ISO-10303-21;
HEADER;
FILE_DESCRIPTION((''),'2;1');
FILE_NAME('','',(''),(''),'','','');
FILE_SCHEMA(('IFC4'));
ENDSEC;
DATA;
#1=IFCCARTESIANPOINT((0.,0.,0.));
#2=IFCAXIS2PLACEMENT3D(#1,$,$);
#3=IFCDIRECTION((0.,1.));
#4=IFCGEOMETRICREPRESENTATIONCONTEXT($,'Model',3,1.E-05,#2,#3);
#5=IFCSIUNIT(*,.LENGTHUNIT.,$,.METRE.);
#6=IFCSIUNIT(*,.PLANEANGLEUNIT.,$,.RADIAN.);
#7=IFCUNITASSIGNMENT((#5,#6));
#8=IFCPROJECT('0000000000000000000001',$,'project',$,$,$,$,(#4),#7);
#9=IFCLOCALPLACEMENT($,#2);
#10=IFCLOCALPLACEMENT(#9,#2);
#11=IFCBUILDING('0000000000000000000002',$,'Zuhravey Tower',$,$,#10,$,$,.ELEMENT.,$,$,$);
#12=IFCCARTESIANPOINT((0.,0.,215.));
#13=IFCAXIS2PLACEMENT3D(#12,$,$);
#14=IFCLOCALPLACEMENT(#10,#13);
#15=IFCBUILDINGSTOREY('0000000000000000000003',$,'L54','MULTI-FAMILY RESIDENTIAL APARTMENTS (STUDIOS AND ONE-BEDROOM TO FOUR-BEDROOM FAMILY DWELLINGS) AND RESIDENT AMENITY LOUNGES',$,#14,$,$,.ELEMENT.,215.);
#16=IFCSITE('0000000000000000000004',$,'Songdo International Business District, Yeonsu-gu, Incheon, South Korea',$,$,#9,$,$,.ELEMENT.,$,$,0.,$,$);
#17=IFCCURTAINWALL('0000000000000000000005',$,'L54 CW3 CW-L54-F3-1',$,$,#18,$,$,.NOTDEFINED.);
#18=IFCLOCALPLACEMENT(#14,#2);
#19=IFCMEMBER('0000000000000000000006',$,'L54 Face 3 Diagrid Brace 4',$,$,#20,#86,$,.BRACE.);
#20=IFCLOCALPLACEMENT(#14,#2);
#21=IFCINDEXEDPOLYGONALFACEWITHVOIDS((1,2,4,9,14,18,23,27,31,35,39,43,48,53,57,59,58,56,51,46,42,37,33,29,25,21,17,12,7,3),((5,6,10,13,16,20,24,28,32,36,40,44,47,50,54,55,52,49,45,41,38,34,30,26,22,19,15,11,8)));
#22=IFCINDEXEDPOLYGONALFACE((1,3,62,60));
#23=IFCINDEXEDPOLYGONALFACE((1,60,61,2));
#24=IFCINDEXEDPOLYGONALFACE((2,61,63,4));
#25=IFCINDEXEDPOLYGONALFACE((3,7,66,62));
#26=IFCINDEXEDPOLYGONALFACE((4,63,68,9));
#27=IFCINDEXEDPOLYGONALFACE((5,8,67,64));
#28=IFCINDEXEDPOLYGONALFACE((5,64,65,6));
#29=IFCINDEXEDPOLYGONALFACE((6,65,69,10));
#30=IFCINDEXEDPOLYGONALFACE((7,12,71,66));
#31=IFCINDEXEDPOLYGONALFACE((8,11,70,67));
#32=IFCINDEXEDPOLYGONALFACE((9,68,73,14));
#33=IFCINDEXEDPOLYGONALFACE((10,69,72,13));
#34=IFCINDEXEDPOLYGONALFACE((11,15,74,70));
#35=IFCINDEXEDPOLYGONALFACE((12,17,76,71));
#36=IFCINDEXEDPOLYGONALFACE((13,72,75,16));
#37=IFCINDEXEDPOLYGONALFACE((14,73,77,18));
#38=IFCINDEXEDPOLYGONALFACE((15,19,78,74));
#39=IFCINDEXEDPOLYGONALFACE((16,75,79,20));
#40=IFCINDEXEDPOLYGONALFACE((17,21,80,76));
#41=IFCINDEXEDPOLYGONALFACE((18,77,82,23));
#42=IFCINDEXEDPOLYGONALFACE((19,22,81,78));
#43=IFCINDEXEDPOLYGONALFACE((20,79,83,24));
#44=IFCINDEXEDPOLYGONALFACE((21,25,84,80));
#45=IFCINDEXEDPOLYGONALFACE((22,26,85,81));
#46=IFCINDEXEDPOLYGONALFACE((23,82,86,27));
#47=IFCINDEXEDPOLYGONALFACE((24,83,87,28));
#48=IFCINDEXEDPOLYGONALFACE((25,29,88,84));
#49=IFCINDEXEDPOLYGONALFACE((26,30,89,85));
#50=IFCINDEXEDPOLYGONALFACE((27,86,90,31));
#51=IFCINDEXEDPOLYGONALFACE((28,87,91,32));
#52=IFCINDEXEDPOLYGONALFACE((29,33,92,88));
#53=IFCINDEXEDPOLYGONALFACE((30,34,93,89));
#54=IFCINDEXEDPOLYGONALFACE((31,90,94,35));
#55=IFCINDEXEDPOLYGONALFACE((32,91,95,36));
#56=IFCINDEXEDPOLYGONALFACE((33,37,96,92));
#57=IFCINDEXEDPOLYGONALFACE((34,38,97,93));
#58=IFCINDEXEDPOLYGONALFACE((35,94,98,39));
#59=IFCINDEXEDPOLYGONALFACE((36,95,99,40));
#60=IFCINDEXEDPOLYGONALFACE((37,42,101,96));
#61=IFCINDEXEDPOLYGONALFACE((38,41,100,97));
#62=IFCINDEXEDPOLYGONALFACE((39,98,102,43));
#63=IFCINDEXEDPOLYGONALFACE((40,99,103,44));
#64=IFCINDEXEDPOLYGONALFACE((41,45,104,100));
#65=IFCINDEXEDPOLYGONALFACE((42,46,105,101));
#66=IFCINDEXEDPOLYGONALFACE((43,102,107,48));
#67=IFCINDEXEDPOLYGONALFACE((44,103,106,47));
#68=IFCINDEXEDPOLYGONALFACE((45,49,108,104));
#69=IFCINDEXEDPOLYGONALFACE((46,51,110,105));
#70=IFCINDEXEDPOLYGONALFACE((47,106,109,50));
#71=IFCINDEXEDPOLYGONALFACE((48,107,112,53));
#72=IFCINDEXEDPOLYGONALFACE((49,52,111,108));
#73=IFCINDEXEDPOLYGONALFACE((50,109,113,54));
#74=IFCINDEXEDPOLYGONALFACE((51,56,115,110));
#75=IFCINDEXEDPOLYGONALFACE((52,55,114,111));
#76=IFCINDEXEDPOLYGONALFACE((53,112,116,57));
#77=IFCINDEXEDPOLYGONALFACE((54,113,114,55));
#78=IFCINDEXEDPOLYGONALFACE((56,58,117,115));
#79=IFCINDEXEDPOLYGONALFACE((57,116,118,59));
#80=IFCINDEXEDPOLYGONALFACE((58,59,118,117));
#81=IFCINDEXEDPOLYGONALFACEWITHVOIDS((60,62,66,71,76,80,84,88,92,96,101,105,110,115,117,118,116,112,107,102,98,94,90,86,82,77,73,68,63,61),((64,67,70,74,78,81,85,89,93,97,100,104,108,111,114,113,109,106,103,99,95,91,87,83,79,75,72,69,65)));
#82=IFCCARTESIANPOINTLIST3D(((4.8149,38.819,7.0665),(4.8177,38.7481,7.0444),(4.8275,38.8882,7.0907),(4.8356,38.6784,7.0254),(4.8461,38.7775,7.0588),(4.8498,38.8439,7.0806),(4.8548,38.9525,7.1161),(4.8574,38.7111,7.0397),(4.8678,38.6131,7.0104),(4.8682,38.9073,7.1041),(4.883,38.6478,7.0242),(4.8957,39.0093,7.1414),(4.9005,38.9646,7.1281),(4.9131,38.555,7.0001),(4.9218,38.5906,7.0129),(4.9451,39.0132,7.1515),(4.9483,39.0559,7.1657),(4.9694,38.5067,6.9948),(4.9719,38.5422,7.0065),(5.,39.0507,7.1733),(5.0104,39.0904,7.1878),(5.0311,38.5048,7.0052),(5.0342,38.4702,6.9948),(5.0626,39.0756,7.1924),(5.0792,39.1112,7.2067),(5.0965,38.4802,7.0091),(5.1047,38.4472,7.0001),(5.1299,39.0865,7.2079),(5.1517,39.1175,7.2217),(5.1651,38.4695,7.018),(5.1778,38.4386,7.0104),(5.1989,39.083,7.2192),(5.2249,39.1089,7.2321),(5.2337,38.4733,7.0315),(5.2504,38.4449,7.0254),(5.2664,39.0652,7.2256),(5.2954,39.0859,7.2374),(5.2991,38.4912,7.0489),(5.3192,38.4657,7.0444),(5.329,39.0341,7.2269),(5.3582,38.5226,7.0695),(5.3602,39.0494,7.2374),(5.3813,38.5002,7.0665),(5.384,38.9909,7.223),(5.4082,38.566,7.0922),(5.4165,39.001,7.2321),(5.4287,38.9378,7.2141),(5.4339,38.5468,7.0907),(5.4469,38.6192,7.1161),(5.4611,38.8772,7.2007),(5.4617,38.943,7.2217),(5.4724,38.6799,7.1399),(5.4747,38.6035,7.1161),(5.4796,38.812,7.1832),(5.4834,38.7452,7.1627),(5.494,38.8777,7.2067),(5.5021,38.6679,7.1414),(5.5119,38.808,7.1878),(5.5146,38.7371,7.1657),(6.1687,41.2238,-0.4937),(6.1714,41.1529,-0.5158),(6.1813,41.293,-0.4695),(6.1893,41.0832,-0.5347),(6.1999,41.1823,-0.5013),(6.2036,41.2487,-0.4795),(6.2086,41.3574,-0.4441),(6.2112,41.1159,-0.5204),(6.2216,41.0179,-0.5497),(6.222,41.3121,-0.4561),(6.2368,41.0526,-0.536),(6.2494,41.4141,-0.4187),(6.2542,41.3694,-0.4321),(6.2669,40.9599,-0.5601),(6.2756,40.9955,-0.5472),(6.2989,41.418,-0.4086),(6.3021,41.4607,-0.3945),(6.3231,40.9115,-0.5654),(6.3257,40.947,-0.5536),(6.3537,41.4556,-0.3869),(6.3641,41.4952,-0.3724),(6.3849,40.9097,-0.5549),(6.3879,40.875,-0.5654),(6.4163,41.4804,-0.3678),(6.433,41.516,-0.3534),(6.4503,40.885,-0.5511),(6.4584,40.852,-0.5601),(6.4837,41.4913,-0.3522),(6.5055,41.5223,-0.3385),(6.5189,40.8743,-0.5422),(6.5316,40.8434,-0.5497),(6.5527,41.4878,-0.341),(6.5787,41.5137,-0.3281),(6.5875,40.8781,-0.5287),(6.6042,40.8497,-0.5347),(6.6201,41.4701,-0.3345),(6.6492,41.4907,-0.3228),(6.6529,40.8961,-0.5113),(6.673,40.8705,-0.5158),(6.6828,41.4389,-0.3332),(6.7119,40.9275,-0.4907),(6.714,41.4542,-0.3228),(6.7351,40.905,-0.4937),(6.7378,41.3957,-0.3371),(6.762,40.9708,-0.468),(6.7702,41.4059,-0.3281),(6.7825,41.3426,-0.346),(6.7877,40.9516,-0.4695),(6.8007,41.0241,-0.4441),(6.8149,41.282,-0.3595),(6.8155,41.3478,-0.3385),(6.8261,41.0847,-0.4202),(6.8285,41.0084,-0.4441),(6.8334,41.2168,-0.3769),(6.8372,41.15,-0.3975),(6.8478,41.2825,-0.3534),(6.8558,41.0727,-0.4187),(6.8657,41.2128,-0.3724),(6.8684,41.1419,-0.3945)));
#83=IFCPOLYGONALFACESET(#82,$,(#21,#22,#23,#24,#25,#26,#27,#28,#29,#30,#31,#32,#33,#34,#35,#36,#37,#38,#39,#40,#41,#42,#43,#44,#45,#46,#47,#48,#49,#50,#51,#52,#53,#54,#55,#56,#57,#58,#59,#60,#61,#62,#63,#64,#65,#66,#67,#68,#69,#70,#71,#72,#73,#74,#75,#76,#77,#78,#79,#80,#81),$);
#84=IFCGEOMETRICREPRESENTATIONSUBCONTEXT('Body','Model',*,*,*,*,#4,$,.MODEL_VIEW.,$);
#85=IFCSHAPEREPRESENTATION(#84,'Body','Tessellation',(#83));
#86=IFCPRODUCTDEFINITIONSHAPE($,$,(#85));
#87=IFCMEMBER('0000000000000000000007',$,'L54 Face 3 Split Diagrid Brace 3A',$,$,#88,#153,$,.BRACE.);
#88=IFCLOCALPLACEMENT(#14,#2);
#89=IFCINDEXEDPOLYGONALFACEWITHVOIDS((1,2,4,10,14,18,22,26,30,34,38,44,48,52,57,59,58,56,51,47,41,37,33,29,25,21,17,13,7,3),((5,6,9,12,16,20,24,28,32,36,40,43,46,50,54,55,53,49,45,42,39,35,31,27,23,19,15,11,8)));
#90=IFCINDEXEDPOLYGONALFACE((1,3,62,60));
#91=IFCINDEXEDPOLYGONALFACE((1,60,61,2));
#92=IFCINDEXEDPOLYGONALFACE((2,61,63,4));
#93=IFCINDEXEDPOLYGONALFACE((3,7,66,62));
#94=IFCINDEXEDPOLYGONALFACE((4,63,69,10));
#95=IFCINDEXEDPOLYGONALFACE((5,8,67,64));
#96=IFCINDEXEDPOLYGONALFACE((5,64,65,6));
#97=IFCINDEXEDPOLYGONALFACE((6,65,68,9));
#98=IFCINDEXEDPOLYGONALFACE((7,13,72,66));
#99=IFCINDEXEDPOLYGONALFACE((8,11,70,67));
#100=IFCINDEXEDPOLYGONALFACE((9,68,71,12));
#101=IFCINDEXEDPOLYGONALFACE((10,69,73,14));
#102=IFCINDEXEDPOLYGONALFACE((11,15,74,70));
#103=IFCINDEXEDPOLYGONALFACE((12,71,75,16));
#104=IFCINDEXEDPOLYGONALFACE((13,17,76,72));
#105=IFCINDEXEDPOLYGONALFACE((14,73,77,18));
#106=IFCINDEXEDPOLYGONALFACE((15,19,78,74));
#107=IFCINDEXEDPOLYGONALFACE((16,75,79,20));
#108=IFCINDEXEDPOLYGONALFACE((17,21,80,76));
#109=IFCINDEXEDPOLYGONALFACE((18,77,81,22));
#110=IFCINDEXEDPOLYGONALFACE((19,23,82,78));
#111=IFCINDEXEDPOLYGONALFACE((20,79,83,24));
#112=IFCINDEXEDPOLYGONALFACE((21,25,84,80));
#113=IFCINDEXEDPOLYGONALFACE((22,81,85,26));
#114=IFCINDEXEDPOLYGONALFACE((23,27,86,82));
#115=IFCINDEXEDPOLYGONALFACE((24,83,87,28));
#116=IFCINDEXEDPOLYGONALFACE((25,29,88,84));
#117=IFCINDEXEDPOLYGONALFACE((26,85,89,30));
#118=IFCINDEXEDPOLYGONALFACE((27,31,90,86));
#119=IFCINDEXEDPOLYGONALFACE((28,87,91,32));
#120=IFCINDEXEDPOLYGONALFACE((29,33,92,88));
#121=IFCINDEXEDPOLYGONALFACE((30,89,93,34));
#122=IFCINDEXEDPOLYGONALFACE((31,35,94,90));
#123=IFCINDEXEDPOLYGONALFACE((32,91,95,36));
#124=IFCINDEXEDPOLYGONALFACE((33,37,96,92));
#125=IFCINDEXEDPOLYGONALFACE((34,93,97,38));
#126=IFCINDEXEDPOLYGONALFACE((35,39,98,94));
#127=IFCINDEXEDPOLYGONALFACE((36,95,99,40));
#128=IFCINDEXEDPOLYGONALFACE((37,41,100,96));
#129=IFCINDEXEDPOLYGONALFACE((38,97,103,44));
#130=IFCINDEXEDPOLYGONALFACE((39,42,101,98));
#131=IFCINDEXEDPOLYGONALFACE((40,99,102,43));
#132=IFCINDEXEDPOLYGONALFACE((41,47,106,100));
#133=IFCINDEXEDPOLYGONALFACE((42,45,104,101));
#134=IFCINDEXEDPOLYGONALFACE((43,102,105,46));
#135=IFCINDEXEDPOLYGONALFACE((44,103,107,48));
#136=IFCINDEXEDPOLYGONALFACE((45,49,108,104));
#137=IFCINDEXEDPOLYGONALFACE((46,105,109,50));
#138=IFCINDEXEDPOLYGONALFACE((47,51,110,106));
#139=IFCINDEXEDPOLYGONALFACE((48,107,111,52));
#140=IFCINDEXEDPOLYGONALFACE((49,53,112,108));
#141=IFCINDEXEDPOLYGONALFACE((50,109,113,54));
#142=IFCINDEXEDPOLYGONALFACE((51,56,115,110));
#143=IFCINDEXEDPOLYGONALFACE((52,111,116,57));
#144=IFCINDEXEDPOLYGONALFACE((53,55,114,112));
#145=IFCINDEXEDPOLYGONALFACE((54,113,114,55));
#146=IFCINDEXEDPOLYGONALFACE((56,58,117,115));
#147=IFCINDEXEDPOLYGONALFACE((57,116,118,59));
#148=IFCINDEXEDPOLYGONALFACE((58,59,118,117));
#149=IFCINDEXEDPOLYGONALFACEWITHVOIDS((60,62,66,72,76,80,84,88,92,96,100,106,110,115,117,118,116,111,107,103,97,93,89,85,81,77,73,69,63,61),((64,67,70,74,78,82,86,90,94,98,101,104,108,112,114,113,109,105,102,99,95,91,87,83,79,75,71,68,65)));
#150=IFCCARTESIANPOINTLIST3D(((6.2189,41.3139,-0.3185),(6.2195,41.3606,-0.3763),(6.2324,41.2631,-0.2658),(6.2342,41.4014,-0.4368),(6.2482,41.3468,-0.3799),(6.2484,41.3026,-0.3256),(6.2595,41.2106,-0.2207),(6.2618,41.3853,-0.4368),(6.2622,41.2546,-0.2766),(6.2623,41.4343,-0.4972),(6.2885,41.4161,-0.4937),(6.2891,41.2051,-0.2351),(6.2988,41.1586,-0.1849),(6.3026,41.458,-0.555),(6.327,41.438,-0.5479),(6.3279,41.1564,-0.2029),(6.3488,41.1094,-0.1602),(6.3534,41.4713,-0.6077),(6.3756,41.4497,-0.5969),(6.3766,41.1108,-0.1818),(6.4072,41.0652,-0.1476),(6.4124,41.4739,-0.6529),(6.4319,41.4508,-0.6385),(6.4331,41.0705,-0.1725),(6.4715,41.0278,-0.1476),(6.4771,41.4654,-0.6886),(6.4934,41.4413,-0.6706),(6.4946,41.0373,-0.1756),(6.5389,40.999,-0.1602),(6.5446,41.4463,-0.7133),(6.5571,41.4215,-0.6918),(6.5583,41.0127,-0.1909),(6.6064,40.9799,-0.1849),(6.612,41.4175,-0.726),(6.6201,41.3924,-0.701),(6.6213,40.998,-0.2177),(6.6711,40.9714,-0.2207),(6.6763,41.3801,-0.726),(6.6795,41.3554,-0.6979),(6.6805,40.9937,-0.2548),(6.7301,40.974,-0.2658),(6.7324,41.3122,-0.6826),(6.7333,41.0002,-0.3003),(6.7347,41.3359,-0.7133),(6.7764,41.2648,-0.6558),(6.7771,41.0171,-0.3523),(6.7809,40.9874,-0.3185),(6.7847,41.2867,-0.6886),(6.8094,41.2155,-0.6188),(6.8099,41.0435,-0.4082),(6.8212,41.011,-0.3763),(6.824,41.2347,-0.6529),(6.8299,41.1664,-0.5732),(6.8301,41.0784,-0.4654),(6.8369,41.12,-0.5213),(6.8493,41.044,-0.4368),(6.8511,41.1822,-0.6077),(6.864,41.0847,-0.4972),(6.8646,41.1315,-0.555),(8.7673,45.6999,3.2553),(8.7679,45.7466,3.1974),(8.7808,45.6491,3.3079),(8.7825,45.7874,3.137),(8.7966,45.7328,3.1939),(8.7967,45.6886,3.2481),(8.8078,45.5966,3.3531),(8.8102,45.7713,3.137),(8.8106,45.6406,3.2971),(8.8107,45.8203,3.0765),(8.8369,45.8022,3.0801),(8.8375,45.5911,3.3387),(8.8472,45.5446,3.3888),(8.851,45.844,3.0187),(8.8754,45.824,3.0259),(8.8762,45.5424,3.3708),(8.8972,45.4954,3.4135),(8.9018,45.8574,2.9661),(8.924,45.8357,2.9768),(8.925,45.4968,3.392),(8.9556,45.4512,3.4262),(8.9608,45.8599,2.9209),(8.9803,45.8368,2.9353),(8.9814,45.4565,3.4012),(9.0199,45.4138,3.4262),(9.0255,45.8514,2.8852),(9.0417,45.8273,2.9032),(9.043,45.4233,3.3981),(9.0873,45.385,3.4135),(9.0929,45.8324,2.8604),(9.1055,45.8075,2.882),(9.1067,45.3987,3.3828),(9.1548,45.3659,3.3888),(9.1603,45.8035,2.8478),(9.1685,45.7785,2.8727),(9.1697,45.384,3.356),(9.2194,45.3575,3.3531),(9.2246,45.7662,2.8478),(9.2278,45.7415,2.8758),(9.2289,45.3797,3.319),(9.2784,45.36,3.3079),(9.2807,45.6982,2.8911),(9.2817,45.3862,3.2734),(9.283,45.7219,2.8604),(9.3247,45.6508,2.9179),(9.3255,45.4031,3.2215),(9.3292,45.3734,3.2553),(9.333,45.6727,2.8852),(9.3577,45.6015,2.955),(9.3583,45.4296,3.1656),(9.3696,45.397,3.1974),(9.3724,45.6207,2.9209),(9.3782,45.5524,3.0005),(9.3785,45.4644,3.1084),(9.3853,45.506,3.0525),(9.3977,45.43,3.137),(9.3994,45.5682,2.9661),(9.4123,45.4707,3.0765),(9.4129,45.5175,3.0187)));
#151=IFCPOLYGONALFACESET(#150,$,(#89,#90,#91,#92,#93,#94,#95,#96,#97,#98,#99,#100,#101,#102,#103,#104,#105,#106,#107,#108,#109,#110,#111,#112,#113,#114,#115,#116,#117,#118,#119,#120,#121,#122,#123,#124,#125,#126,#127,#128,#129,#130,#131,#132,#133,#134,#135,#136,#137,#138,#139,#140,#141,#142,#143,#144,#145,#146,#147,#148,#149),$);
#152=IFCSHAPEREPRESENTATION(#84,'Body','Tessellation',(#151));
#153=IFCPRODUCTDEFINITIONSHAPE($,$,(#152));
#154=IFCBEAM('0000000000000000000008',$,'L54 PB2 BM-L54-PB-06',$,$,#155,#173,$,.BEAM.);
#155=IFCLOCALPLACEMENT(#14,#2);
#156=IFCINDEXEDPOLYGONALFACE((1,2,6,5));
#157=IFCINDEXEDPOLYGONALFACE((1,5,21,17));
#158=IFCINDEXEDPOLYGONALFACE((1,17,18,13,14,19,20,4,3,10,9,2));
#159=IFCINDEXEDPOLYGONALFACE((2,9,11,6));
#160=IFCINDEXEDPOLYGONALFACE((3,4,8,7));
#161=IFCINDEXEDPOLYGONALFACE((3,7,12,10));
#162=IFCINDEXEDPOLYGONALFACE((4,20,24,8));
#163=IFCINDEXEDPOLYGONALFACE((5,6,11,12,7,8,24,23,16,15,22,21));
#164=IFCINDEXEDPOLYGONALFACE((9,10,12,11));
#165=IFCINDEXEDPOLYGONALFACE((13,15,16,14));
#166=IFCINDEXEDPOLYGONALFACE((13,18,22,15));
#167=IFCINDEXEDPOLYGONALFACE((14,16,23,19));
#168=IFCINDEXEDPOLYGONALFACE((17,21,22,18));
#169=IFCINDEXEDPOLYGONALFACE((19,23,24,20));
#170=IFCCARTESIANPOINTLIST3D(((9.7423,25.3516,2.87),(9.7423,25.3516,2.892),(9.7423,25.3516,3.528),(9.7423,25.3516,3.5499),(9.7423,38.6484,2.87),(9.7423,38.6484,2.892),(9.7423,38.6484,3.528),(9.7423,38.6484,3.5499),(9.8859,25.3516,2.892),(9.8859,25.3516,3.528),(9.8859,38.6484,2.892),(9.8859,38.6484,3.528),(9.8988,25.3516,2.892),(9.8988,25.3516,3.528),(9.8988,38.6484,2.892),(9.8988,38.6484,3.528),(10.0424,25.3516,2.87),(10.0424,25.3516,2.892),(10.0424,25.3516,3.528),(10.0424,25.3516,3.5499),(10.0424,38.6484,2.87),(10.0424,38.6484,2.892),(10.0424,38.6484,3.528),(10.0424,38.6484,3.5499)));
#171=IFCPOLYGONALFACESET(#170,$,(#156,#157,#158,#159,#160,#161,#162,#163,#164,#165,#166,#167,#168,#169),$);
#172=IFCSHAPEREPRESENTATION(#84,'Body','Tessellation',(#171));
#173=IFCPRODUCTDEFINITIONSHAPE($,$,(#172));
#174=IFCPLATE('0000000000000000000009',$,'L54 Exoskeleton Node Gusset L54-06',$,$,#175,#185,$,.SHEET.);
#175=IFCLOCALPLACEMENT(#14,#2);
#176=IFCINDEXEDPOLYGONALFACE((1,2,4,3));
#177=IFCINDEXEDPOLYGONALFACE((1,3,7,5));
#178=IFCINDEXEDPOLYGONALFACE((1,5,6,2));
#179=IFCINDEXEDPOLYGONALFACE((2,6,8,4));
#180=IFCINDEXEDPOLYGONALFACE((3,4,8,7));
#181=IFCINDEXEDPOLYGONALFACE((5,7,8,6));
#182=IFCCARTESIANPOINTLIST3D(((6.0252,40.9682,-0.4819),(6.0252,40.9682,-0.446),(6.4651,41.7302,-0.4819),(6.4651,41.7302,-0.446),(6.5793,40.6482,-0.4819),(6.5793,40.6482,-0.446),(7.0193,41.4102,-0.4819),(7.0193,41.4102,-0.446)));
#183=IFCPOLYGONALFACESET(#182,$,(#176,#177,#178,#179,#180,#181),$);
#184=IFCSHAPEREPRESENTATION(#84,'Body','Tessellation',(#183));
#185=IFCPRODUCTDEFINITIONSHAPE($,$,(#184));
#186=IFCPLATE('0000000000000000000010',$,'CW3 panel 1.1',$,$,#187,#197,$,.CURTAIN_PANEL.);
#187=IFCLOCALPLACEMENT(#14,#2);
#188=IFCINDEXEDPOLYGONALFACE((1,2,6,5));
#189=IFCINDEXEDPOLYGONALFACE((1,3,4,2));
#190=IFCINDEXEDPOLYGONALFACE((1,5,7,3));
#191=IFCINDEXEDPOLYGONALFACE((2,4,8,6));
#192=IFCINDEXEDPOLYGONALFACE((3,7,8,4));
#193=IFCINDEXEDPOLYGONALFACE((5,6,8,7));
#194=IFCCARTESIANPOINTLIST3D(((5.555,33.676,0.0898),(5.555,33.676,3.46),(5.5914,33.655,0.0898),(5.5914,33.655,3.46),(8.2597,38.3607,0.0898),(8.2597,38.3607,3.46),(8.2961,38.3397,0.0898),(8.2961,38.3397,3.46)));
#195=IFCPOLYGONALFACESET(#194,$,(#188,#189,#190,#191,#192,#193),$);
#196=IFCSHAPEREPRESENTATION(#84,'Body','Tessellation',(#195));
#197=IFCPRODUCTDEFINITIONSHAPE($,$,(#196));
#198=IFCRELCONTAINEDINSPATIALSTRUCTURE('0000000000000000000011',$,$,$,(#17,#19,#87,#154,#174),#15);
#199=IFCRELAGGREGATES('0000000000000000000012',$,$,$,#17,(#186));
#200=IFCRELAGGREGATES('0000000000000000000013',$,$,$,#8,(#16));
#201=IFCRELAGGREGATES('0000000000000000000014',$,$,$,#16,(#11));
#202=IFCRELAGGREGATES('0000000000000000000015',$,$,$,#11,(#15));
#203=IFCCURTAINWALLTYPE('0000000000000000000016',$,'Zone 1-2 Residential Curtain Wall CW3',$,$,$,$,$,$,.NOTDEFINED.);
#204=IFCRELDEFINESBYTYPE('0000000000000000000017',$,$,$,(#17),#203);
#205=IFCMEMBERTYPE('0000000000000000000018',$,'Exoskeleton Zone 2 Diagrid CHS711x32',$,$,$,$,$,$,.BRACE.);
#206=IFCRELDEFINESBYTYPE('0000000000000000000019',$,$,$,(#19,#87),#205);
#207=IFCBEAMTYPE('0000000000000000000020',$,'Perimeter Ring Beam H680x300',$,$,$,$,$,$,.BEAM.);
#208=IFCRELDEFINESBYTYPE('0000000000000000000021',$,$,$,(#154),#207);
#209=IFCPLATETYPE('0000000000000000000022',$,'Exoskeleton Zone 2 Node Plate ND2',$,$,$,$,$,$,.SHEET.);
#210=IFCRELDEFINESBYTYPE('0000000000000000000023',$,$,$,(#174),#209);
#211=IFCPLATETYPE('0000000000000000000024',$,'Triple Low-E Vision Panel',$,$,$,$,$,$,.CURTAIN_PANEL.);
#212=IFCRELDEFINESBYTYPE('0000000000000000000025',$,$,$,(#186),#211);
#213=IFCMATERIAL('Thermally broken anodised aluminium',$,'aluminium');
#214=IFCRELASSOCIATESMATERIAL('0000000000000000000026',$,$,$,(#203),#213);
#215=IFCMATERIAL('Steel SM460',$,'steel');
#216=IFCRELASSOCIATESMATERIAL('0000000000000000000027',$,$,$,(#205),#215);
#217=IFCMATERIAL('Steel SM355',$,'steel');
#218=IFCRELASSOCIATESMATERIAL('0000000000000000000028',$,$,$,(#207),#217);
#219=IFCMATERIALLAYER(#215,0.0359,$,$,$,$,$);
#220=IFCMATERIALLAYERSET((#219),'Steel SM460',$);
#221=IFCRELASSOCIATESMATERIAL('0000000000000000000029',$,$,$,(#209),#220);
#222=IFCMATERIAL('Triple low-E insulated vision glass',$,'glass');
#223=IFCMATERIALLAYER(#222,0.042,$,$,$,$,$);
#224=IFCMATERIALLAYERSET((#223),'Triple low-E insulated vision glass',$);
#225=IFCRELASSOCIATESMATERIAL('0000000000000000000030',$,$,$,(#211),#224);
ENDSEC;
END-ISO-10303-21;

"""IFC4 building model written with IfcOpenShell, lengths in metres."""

from ifc_helpers import new_model, si_unit, direction, frame, origin, origin_2d, place, context, subcontext, project, spatial, rectangle, hollow_circle, i_section, extrude, material, layer, layer_set, material_profile, profile_set, type_object, element, aggregate, save


model = new_model("IFC4")

# Units and contexts
model_context = context("Model", 3, precision=1e-05, world=origin(), true_north=direction((0.0, 1.0)))
body_context = subcontext(model_context, "Body", "Model", "MODEL_VIEW")
ifc_project = project(units=[si_unit("LENGTHUNIT", "METRE"), si_unit("PLANEANGLEUNIT", "RADIAN")], contexts=[model_context])

# Site, building, storey
site_placement = place(None, origin())
site = spatial("IfcSite", under=ifc_project, at=site_placement, Name="Songdo International Business District, Yeonsu-gu, Incheon, South Korea", CompositionType="ELEMENT", RefElevation=0.0)
building_placement = place(site_placement, origin())
building = spatial("IfcBuilding", under=site, at=building_placement, Name="Zuhravey Tower", CompositionType="ELEMENT")
storey_placement = place(building_placement, frame((0.0, 0.0, 215.0)))
storey = spatial("IfcBuildingStorey", under=building, at=storey_placement, Name="L54", Description="MULTI-FAMILY RESIDENTIAL APARTMENTS (STUDIOS AND ONE-BEDROOM TO FOUR-BEDROOM FAMILY DWELLINGS) AND RESIDENT AMENITY LOUNGES", CompositionType="ELEMENT", Elevation=215.0)

# Curtain wall
ifc_material_1 = material(Name="Thermally broken anodised aluminium", Category="aluminium")
curtain_wall_type = type_object("IfcCurtainWallType", Name="Zone 1-2 Residential Curtain Wall CW3", PredefinedType="NOTDEFINED", material=ifc_material_1)
curtain_wall_placement = place(storey_placement, origin())
curtain_wall = element("IfcCurtainWall", 1, at=curtain_wall_placement, inside=storey, type_object=curtain_wall_type, Name="L54 CW3 CW-L54-F3-1", PredefinedType="NOTDEFINED")

# Members
ifc_material_2 = material(Name="Steel SM460", Category="steel")
ifc_material_profile_1 = material_profile(ifc_material_2, hollow_circle(Radius=0.3557, WallThickness=0.032, at=origin_2d()), Name="CHS-711.2x32")
ifc_profile_set_1 = profile_set([ifc_material_profile_1], Name="Steel SM460")
member_type_1 = type_object("IfcMemberType", Name="Exoskeleton Zone 2 Diagrid CHS711x32", PredefinedType="BRACE", material=ifc_profile_set_1)
member_1_placement = place(storey_placement, frame((6.5186, 41.1829, -0.4441), z_axis=(-0.168211, -0.298806, 0.939372), x_axis=(0.87141, -0.490555, 0.0)))
element("IfcMember", 2, at=member_1_placement, inside=storey, type_object=member_type_1, Name="L54 Face 3 Diagrid Brace 4", PredefinedType="BRACE", context=body_context, shape_type="SweptSolid", body=[
    extrude(hollow_circle(Radius=0.3557, WallThickness=0.032, at=origin_2d()), origin(), (0.0, 0.0, 1.0), 8.0481),
])
member_2_placement = place(storey_placement, frame((6.5417, 41.2227, -0.4368), z_axis=(0.410689, 0.706843, 0.57594), x_axis=(-0.864649, 0.502377, 0.0)))
element("IfcMember", 3, at=member_2_placement, inside=storey, type_object=member_type_1, Name="L54 Face 3 Split Diagrid Brace 3A", PredefinedType="BRACE", context=body_context, shape_type="SweptSolid", body=[
    extrude(hollow_circle(Radius=0.3557, WallThickness=0.032, at=origin_2d()), origin(), (0.0, 0.0, 1.0), 6.2051),
])

# Beam
ifc_material_3 = material(Name="Steel SM355", Category="steel")
ifc_material_profile_2 = material_profile(ifc_material_3, i_section(OverallWidth=0.3, OverallDepth=0.6799, WebThickness=0.0129, FlangeThickness=0.022, at=origin_2d()), Name="H-680x300x13x22")
ifc_profile_set_2 = profile_set([ifc_material_profile_2], Name="Steel SM355")
beam_type = type_object("IfcBeamType", Name="Perimeter Ring Beam H680x300", PredefinedType="BEAM", material=ifc_profile_set_2)
beam_placement = place(storey_placement, frame((9.8923, 38.6484, 3.21), z_axis=(0.0, -1.0, 0.0), x_axis=(1.0, 0.0, 0.0)))
element("IfcBeam", 4, at=beam_placement, inside=storey, type_object=beam_type, Name="L54 PB2 BM-L54-PB-06", PredefinedType="BEAM", context=body_context, shape_type="SweptSolid", body=[
    extrude(i_section(OverallWidth=0.3, OverallDepth=0.6799, WebThickness=0.0129, FlangeThickness=0.022, at=origin_2d()), origin(), (0.0, 0.0, 1.0), 13.2969),
])

# Plates
ifc_layer_1 = layer(ifc_material_2, 0.0359)
ifc_layer_set_1 = layer_set([ifc_layer_1], Name="Steel SM460")
plate_type_1 = type_object("IfcPlateType", Name="Exoskeleton Zone 2 Node Plate ND2", PredefinedType="SHEET", material=ifc_layer_set_1)
plate_1_placement = place(storey_placement, frame((6.5222, 41.1892, -0.4819), z_axis=(0.0, 0.0, 1.0), x_axis=(-0.5, -0.866025, 0.0)))
element("IfcPlate", 5, at=plate_1_placement, inside=storey, type_object=plate_type_1, Name="L54 Exoskeleton Node Gusset L54-06", PredefinedType="SHEET", context=body_context, shape_type="SweptSolid", body=[
    extrude(rectangle(XDim=0.8799, YDim=0.6399, at=origin_2d()), origin(), (0.0, 0.0, 1.0), 0.0359),
])
ifc_material_4 = material(Name="Triple low-E insulated vision glass", Category="glass")
ifc_layer_2 = layer(ifc_material_4, 0.042)
ifc_layer_set_2 = layer_set([ifc_layer_2], Name="Triple low-E insulated vision glass")
plate_type_2 = type_object("IfcPlateType", Name="Triple Low-E Vision Panel", PredefinedType="CURTAIN_PANEL", material=ifc_layer_set_2)
plate_2_placement = place(storey_placement, frame((6.9255, 36.0078, 0.0898), z_axis=(0.0, 0.0, 1.0), x_axis=(0.5, 0.866025, 0.0)))
plate_2 = element("IfcPlate", 6, at=plate_2_placement, type_object=plate_type_2, Name="CW3 panel 1.1", PredefinedType="CURTAIN_PANEL", context=body_context, shape_type="SweptSolid", body=[
    extrude(rectangle(XDim=5.4094, YDim=0.042, at=origin_2d()), origin(), (0.0, 0.0, 1.0), 3.3701),
])
aggregate(curtain_wall, [plate_2])

save(model, "model.ifc")
